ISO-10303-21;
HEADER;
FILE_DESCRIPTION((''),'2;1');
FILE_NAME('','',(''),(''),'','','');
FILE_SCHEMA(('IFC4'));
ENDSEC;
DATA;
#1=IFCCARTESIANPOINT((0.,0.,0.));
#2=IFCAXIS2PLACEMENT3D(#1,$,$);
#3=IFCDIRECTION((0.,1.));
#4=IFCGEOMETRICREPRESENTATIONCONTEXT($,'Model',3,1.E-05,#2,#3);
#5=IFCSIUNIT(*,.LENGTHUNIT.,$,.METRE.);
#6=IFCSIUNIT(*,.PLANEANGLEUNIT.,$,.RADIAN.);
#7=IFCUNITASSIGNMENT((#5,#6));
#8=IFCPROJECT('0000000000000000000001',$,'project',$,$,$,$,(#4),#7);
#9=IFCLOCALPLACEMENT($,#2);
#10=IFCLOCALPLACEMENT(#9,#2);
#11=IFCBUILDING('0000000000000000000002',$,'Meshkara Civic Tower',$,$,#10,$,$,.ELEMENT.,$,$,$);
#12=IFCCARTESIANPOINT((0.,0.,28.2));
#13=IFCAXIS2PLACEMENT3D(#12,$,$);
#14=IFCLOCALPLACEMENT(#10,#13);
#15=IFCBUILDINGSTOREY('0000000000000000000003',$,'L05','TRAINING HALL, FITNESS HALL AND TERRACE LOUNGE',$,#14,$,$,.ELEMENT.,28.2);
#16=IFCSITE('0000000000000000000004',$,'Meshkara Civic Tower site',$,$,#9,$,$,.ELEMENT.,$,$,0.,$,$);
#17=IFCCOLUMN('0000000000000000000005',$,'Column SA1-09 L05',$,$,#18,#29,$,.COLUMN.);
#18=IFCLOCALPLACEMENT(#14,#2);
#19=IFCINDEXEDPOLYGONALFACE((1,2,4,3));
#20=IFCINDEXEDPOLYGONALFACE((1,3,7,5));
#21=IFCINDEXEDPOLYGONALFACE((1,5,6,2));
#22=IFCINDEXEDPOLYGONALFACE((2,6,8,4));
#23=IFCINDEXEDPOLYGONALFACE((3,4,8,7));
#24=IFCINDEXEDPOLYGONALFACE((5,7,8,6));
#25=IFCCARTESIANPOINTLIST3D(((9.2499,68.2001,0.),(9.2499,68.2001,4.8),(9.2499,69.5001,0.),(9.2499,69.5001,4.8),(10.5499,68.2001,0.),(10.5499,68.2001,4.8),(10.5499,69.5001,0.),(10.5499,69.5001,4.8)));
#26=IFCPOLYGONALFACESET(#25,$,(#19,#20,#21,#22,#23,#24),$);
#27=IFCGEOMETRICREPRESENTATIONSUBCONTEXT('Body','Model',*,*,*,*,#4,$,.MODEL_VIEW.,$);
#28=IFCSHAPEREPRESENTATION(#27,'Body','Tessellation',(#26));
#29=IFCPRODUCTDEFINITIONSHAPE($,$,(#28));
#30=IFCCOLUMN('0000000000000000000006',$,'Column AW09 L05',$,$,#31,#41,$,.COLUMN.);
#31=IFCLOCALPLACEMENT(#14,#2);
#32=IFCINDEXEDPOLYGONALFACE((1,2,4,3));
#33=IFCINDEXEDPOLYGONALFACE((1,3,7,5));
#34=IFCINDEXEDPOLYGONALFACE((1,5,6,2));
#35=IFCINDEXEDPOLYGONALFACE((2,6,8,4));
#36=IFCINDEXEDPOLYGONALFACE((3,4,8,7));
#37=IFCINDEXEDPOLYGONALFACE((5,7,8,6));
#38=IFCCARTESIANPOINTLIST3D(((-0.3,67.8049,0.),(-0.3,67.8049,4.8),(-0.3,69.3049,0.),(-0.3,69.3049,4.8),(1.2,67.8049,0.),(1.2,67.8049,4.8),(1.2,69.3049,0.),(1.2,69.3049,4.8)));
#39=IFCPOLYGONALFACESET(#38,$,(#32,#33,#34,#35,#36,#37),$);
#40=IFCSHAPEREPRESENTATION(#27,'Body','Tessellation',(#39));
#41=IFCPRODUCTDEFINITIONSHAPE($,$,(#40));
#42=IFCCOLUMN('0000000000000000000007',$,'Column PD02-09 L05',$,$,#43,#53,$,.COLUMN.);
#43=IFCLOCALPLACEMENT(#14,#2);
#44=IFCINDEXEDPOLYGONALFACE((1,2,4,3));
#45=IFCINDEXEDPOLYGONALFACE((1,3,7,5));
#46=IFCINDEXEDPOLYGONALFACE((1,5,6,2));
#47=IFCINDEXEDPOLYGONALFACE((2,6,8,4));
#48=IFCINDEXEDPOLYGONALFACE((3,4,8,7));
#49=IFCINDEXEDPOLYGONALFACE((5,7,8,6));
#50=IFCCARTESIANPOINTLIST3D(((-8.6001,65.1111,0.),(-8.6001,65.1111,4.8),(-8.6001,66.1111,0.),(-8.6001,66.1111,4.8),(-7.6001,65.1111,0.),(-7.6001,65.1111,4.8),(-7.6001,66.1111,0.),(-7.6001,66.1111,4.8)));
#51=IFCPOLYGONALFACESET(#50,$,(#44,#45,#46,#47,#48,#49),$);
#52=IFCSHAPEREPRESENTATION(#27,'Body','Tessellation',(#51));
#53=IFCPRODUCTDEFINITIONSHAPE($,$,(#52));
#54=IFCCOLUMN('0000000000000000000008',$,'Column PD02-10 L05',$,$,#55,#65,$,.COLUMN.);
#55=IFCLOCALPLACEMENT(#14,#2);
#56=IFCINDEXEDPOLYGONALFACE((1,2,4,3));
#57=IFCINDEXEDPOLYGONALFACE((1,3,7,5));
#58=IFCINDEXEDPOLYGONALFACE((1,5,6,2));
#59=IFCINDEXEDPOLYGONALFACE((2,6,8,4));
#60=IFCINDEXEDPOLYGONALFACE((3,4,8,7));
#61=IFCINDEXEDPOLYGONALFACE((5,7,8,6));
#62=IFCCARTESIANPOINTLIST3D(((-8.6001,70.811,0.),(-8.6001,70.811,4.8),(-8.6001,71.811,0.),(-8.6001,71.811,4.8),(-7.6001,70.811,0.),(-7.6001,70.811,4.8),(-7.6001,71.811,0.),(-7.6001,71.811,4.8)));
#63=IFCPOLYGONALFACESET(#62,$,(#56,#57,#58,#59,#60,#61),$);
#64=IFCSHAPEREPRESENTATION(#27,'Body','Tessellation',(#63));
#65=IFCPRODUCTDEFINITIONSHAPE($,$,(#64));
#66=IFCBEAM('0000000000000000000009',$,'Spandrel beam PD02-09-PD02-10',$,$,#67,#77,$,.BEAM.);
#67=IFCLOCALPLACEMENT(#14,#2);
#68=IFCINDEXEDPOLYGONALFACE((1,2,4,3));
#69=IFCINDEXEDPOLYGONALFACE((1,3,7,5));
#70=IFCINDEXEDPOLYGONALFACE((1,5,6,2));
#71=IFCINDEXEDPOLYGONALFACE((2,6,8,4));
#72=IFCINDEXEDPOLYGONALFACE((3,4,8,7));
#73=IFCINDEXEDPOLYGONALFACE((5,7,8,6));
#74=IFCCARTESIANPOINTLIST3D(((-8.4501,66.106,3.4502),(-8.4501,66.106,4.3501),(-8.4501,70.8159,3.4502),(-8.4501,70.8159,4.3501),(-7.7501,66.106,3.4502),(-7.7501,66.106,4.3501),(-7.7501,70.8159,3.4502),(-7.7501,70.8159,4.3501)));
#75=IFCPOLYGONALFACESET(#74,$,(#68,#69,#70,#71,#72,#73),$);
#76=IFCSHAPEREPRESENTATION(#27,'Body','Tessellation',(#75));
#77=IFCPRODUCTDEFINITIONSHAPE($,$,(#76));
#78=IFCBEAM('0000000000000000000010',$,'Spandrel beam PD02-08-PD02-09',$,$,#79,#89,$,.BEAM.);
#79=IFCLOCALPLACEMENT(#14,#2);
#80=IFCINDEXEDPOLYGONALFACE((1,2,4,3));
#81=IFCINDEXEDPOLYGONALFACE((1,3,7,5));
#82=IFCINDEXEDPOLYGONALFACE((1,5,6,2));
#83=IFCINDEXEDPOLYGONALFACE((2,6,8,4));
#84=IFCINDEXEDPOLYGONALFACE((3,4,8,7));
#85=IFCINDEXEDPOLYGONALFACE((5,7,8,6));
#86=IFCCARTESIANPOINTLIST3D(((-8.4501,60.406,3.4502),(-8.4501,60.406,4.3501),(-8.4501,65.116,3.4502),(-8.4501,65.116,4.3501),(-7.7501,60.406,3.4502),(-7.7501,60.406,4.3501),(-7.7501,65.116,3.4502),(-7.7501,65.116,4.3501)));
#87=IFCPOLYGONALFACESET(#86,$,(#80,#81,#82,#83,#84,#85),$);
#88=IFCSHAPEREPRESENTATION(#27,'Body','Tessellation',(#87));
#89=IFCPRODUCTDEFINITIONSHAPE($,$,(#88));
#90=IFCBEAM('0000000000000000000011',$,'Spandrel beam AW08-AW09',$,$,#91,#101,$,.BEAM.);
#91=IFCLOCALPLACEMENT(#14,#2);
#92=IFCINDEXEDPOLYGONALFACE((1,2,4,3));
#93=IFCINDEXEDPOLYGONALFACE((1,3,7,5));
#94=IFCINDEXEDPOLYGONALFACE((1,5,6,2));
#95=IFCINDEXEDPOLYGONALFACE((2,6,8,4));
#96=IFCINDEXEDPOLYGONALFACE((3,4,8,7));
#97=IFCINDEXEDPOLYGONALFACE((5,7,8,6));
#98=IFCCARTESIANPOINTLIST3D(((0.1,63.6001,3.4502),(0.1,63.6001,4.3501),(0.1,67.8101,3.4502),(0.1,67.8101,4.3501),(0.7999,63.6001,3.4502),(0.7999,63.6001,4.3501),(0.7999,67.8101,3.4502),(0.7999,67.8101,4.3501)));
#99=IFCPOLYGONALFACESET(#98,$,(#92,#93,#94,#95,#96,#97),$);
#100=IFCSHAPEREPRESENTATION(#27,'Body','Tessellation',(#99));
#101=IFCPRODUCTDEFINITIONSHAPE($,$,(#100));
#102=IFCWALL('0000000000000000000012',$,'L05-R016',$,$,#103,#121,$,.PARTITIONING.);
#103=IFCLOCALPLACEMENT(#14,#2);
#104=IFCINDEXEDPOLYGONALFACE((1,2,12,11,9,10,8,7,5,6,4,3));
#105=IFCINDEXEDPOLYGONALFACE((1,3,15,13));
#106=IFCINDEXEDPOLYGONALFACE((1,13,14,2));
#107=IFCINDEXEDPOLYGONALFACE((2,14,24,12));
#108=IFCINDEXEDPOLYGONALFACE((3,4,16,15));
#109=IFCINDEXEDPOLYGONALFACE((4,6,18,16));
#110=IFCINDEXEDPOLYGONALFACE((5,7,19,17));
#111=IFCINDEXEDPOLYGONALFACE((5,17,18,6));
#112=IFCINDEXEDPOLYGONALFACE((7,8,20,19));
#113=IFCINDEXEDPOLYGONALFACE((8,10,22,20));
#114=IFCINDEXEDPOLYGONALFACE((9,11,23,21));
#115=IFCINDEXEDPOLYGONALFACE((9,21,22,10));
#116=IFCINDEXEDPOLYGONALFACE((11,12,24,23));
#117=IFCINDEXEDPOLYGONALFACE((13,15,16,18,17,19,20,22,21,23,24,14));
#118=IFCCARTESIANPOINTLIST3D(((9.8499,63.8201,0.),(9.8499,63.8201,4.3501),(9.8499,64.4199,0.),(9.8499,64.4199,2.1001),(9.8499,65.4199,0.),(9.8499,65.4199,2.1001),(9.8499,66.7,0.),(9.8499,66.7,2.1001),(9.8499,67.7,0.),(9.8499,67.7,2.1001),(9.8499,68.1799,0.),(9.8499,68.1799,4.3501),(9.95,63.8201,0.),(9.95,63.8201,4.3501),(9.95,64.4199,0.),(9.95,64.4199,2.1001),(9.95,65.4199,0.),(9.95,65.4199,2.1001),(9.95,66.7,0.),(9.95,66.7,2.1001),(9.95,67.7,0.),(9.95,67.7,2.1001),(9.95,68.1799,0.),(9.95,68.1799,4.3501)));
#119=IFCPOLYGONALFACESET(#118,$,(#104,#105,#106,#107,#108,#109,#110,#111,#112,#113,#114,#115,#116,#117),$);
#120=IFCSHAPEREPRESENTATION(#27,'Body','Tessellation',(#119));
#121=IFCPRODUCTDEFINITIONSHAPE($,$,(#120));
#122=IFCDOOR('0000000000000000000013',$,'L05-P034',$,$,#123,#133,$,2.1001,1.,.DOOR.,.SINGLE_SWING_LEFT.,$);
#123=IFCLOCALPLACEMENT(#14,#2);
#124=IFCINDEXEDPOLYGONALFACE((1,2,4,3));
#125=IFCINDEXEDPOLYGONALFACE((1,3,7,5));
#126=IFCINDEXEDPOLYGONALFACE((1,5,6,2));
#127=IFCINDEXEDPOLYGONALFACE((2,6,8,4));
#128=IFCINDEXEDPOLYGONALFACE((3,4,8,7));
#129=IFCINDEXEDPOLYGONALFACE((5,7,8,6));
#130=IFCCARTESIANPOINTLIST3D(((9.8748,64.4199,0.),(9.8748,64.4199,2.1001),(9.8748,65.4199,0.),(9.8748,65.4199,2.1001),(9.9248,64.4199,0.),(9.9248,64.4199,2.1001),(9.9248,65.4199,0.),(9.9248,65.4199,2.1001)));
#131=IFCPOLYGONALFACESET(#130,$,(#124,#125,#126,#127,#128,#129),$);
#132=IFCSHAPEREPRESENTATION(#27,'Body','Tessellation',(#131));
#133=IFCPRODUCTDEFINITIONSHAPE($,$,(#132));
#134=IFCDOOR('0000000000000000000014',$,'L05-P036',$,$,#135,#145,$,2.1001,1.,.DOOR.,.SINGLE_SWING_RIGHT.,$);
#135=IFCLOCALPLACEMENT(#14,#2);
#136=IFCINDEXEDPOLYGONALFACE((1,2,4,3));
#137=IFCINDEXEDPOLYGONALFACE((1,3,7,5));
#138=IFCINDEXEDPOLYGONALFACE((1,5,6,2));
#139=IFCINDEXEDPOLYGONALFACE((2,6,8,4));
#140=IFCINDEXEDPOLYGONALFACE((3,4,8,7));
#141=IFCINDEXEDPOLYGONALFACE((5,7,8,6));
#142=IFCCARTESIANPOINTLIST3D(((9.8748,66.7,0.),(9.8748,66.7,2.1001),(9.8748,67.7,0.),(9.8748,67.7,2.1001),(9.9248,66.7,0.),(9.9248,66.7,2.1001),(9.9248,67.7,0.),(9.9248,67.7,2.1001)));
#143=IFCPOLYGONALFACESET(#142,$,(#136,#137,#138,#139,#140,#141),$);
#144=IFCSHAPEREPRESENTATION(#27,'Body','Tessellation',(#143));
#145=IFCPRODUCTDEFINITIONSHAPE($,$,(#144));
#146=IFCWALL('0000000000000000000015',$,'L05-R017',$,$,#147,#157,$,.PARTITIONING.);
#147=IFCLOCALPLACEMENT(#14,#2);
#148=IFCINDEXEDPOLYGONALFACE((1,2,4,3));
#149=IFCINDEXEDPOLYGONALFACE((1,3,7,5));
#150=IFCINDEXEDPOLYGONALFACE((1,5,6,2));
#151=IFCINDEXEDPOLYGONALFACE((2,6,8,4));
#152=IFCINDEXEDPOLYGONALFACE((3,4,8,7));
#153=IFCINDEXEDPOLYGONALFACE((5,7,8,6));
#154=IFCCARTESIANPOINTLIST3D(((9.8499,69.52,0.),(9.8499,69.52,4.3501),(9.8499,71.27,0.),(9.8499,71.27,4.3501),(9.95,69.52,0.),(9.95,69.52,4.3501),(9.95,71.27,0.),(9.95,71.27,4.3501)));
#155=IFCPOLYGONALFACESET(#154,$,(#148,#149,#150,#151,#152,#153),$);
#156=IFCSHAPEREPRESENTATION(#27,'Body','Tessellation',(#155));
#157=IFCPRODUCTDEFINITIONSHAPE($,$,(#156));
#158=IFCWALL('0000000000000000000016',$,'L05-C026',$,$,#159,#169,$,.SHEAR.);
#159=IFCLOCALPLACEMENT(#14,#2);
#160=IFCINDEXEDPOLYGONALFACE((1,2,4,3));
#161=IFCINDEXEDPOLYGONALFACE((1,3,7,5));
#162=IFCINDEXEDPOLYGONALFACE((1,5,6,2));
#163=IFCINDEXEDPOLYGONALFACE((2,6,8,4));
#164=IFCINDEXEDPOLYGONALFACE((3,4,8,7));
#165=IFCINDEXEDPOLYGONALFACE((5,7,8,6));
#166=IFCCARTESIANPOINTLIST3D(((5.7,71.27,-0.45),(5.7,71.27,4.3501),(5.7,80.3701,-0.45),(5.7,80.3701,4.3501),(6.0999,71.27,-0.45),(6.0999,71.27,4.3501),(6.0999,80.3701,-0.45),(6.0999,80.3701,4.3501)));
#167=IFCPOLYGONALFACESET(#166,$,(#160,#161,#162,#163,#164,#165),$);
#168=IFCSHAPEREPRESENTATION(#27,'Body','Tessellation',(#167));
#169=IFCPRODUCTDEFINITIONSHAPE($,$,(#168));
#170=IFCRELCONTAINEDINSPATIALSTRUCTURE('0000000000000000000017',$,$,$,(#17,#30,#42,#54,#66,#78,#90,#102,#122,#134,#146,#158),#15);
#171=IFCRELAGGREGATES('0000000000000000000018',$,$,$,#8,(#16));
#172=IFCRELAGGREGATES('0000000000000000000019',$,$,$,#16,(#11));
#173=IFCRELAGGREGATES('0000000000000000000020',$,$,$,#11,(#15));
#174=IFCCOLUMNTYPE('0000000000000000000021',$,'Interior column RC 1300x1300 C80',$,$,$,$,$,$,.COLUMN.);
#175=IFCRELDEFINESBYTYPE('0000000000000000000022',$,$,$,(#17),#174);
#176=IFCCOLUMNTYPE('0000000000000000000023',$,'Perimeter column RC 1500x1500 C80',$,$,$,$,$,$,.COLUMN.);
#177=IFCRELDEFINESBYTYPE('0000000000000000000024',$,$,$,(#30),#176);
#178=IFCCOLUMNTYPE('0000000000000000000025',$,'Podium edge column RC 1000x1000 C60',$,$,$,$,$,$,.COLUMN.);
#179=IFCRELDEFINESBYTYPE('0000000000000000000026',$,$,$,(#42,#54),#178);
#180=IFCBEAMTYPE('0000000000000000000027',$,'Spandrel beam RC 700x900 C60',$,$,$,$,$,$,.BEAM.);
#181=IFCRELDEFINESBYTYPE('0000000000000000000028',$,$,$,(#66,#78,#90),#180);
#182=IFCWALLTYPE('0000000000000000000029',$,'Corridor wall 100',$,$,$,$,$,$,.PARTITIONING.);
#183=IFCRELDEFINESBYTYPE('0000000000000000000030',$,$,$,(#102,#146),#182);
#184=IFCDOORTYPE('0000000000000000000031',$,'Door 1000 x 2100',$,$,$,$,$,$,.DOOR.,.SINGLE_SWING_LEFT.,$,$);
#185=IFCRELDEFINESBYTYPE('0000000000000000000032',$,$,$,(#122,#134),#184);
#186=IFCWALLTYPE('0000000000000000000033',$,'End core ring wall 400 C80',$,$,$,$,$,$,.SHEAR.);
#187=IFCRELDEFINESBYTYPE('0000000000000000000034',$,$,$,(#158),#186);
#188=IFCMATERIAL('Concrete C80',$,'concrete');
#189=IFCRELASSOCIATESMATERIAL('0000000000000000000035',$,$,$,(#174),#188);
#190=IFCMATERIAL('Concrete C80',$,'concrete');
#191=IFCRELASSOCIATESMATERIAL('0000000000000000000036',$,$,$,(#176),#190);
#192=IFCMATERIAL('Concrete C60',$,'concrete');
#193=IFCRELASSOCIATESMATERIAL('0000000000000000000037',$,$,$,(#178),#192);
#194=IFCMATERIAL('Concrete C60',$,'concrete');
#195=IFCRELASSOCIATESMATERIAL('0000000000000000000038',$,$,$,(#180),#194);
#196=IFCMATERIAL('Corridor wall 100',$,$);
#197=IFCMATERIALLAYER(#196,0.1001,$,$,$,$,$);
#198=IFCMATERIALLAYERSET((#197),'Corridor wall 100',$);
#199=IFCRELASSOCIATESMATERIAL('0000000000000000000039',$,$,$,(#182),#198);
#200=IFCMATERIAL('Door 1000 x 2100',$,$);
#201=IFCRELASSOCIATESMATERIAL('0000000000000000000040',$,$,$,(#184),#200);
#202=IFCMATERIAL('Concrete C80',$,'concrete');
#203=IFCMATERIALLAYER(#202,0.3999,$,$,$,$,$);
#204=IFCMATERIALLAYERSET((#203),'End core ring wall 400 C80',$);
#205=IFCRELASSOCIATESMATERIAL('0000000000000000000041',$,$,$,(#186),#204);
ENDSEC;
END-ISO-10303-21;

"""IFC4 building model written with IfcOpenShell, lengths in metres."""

from ifc_helpers import new_model, si_unit, direction, frame, frame_2d, origin, origin_2d, place, context, subcontext, project, spatial, rectangle, extrude, material, layer, layer_set, material_profile, profile_set, type_object, element, fill, save


model = new_model("IFC4")

# Units and contexts
model_context = context("Model", 3, precision=1e-05, world=origin(), true_north=direction((0.0, 1.0)))
body_context = subcontext(model_context, "Body", "Model", "MODEL_VIEW")
ifc_project = project(units=[si_unit("LENGTHUNIT", "METRE"), si_unit("PLANEANGLEUNIT", "RADIAN")], contexts=[model_context])

# Site, building, storey
site_placement = place(None, origin())
site = spatial("IfcSite", under=ifc_project, at=site_placement, Name="Meshkara Civic Tower site", CompositionType="ELEMENT", RefElevation=0.0)
building_placement = place(site_placement, origin())
building = spatial("IfcBuilding", under=site, at=building_placement, Name="Meshkara Civic Tower", CompositionType="ELEMENT")
storey_placement = place(building_placement, frame((0.0, 0.0, 28.2)))
storey = spatial("IfcBuildingStorey", under=building, at=storey_placement, Name="L05", Description="TRAINING HALL, FITNESS HALL AND TERRACE LOUNGE", CompositionType="ELEMENT", Elevation=28.2)

# Columns
ifc_material_1 = material(Name="Concrete C80", Category="concrete")
ifc_material_profile_1 = material_profile(ifc_material_1, rectangle(XDim=1.3, YDim=1.3, at=origin_2d()))
ifc_profile_set_1 = profile_set([ifc_material_profile_1], Name="Concrete C80")
column_type_1 = type_object("IfcColumnType", Name="Interior column RC 1300x1300 C80", PredefinedType="COLUMN", material=ifc_profile_set_1)
column_1_placement = place(storey_placement, frame((9.8999, 68.8501, 0.0), z_axis=(0.0, 0.0, 1.0), x_axis=(1.0, 0.0, 0.0)))
element("IfcColumn", 1, at=column_1_placement, inside=storey, type_object=column_type_1, Name="Column SA1-09 L05", PredefinedType="COLUMN", context=body_context, shape_type="SweptSolid", body=[
    extrude(rectangle(XDim=1.3, YDim=1.3, at=origin_2d()), origin(), (0.0, 0.0, 1.0), 4.8),
])
ifc_material_2 = material(Name="Concrete C80", Category="concrete")
ifc_material_profile_2 = material_profile(ifc_material_2, rectangle(XDim=1.5, YDim=1.5, at=origin_2d()))
ifc_profile_set_2 = profile_set([ifc_material_profile_2], Name="Concrete C80")
column_type_2 = type_object("IfcColumnType", Name="Perimeter column RC 1500x1500 C80", PredefinedType="COLUMN", material=ifc_profile_set_2)
column_2_placement = place(storey_placement, frame((0.45, 68.5549, 0.0), z_axis=(0.0, 0.0, 1.0), x_axis=(1.0, 0.0, 0.0)))
element("IfcColumn", 2, at=column_2_placement, inside=storey, type_object=column_type_2, Name="Column AW09 L05", PredefinedType="COLUMN", context=body_context, shape_type="SweptSolid", body=[
    extrude(rectangle(XDim=1.5, YDim=1.5, at=origin_2d()), origin(), (0.0, 0.0, 1.0), 4.8),
])
ifc_material_3 = material(Name="Concrete C60", Category="concrete")
ifc_material_profile_3 = material_profile(ifc_material_3, rectangle(XDim=1.0, YDim=1.0, at=origin_2d()))
ifc_profile_set_3 = profile_set([ifc_material_profile_3], Name="Concrete C60")
column_type_3 = type_object("IfcColumnType", Name="Podium edge column RC 1000x1000 C60", PredefinedType="COLUMN", material=ifc_profile_set_3)
for number, where, z_axis, x_axis, name in (
    (3, (-8.1001, 65.6111, 0.0), (0.0, 0.0, 1.0), (1.0, 0.0, 0.0), "Column PD02-09 L05"),
    (4, (-8.1001, 71.311, 0.0), (0.0, 0.0, 1.0), (1.0, 0.0, 0.0), "Column PD02-10 L05"),
):
    element("IfcColumn", number, at=place(storey_placement, frame(where, z_axis=z_axis, x_axis=x_axis)), inside=storey, type_object=column_type_3, Name=name, PredefinedType="COLUMN", context=body_context, shape_type="SweptSolid", body=[
        extrude(rectangle(XDim=1.0, YDim=1.0, at=origin_2d()), origin(), (0.0, 0.0, 1.0), 4.8),
    ])

# Beams
ifc_material_4 = material(Name="Concrete C60", Category="concrete")
ifc_material_profile_4 = material_profile(ifc_material_4, rectangle(XDim=0.7, YDim=0.8999, at=origin_2d()))
ifc_profile_set_4 = profile_set([ifc_material_profile_4], Name="Concrete C60")
beam_type = type_object("IfcBeamType", Name="Spandrel beam RC 700x900 C60", PredefinedType="BEAM", material=ifc_profile_set_4)
for number, where, z_axis, x_axis, name in (
    (5, (-8.1001, 70.8159, 3.9001), (0.0, -1.0, 0.0), (1.0, 0.0, 0.0), "Spandrel beam PD02-09-PD02-10"),
    (6, (-8.1001, 65.116, 3.9001), (0.0, -1.0, 0.0), (1.0, 0.0, 0.0), "Spandrel beam PD02-08-PD02-09"),
):
    element("IfcBeam", number, at=place(storey_placement, frame(where, z_axis=z_axis, x_axis=x_axis)), inside=storey, type_object=beam_type, Name=name, PredefinedType="BEAM", context=body_context, shape_type="SweptSolid", body=[
        extrude(rectangle(XDim=0.7, YDim=0.8999, at=origin_2d()), origin(), (0.0, 0.0, 1.0), 4.71),
    ])
beam_placement = place(storey_placement, frame((0.45, 67.8101, 3.9001), z_axis=(0.0, -1.0, 0.0), x_axis=(1.0, 0.0, 0.0)))
element("IfcBeam", 7, at=beam_placement, inside=storey, type_object=beam_type, Name="Spandrel beam AW08-AW09", PredefinedType="BEAM", context=body_context, shape_type="SweptSolid", body=[
    extrude(rectangle(XDim=0.7, YDim=0.8999, at=origin_2d()), origin(), (0.0, 0.0, 1.0), 4.21),
])

# Wall, openings, doors
ifc_material_5 = material(Name="Corridor wall 100")
ifc_layer_1 = layer(ifc_material_5, 0.1001)
ifc_layer_set_1 = layer_set([ifc_layer_1], Name="Corridor wall 100")
wall_type_1 = type_object("IfcWallType", Name="Corridor wall 100", PredefinedType="PARTITIONING", material=ifc_layer_set_1)
wall_1_placement = place(storey_placement, frame((9.8999, 68.1799, 0.0), z_axis=(0.0, 0.0, 1.0), x_axis=(0.0, -1.0, 0.0)))
wall_1 = element("IfcWall", 8, at=wall_1_placement, inside=storey, type_object=wall_type_1, Name="L05-R016", PredefinedType="PARTITIONING", context=body_context, shape_type="SweptSolid", body=[
    extrude(rectangle(XDim=4.3599, YDim=0.1001, at=frame_2d((2.1799, 0.0))), origin(), (0.0, 0.0, 1.0), 4.3501),
])
opening_1_placement = place(wall_1_placement, frame((2.76, 0.0, 0.0)))
opening_1 = element("IfcOpeningElement", 9, at=opening_1_placement, cuts=wall_1, PredefinedType="OPENING", context=body_context, shape_type="SweptSolid", body=[
    extrude(rectangle(XDim=1.0, YDim=2.1001, at=frame_2d((0.5, 1.05))), frame((0.0, 0.0601, 0.0), z_axis=(0.0, -1.0, 0.0), x_axis=(1.0, 0.0, 0.0)), (0.0, 0.0, 1.0), 0.1201),
])
opening_2_placement = place(wall_1_placement, frame((0.48, 0.0, 0.0)))
opening_2 = element("IfcOpeningElement", 10, at=opening_2_placement, cuts=wall_1, PredefinedType="OPENING", context=body_context, shape_type="SweptSolid", body=[
    extrude(rectangle(XDim=1.0, YDim=2.1001, at=frame_2d((0.5, 1.05))), frame((0.0, 0.0601, 0.0), z_axis=(0.0, -1.0, 0.0), x_axis=(1.0, 0.0, 0.0)), (0.0, 0.0, 1.0), 0.1201),
])
ifc_material_6 = material(Name="Door 1000 x 2100")
door_type_1 = type_object("IfcDoorType", Name="Door 1000 x 2100", OperationType="SINGLE_SWING_LEFT", PredefinedType="DOOR", material=ifc_material_6)
door_1_placement = place(opening_1_placement, origin())
door_1 = element("IfcDoor", 11, at=door_1_placement, inside=storey, type_object=door_type_1, Name="L05-P034", OperationType="SINGLE_SWING_LEFT", OverallHeight=2.1001, OverallWidth=1.0, PredefinedType="DOOR", context=body_context, shape_type="SweptSolid", body=[
    extrude(rectangle(XDim=1.0, YDim=2.1001, at=frame_2d((0.5, 1.05))), frame((0.0, 0.0249, 0.0), z_axis=(0.0, -1.0, 0.0), x_axis=(1.0, 0.0, 0.0)), (0.0, 0.0, 1.0), 0.05),
])
fill(opening_1, door_1)
door_2_placement = place(opening_2_placement, origin())
door_2 = element("IfcDoor", 12, at=door_2_placement, inside=storey, type_object=door_type_1, Name="L05-P036", OperationType="SINGLE_SWING_RIGHT", OverallHeight=2.1001, OverallWidth=1.0, PredefinedType="DOOR", context=body_context, shape_type="SweptSolid", body=[
    extrude(rectangle(XDim=1.0, YDim=2.1001, at=frame_2d((0.5, 1.05))), frame((0.0, 0.0249, 0.0), z_axis=(0.0, -1.0, 0.0), x_axis=(1.0, 0.0, 0.0)), (0.0, 0.0, 1.0), 0.05),
])
fill(opening_2, door_2)

# Walls
wall_2_placement = place(storey_placement, frame((9.8999, 71.27, 0.0), z_axis=(0.0, 0.0, 1.0), x_axis=(0.0, -1.0, 0.0)))
element("IfcWall", 13, at=wall_2_placement, inside=storey, type_object=wall_type_1, Name="L05-R017", PredefinedType="PARTITIONING", context=body_context, shape_type="SweptSolid", body=[
    extrude(rectangle(XDim=1.75, YDim=0.1001, at=frame_2d((0.875, 0.0))), origin(), (0.0, 0.0, 1.0), 4.3501),
])
ifc_material_7 = material(Name="Concrete C80", Category="concrete")
ifc_layer_2 = layer(ifc_material_7, 0.3999)
ifc_layer_set_2 = layer_set([ifc_layer_2], Name="End core ring wall 400 C80")
wall_type_2 = type_object("IfcWallType", Name="End core ring wall 400 C80", PredefinedType="SHEAR", material=ifc_layer_set_2)
wall_3_placement = place(storey_placement, frame((5.8999, 71.27, -0.45), z_axis=(0.0, 0.0, 1.0), x_axis=(0.0, 1.0, 0.0)))
element("IfcWall", 14, at=wall_3_placement, inside=storey, type_object=wall_type_2, Name="L05-C026", PredefinedType="SHEAR", context=body_context, shape_type="SweptSolid", body=[
    extrude(rectangle(XDim=9.1001, YDim=0.3999, at=frame_2d((4.55, 0.0))), origin(), (0.0, 0.0, 1.0), 4.8),
])

save(model, "model.ifc")
